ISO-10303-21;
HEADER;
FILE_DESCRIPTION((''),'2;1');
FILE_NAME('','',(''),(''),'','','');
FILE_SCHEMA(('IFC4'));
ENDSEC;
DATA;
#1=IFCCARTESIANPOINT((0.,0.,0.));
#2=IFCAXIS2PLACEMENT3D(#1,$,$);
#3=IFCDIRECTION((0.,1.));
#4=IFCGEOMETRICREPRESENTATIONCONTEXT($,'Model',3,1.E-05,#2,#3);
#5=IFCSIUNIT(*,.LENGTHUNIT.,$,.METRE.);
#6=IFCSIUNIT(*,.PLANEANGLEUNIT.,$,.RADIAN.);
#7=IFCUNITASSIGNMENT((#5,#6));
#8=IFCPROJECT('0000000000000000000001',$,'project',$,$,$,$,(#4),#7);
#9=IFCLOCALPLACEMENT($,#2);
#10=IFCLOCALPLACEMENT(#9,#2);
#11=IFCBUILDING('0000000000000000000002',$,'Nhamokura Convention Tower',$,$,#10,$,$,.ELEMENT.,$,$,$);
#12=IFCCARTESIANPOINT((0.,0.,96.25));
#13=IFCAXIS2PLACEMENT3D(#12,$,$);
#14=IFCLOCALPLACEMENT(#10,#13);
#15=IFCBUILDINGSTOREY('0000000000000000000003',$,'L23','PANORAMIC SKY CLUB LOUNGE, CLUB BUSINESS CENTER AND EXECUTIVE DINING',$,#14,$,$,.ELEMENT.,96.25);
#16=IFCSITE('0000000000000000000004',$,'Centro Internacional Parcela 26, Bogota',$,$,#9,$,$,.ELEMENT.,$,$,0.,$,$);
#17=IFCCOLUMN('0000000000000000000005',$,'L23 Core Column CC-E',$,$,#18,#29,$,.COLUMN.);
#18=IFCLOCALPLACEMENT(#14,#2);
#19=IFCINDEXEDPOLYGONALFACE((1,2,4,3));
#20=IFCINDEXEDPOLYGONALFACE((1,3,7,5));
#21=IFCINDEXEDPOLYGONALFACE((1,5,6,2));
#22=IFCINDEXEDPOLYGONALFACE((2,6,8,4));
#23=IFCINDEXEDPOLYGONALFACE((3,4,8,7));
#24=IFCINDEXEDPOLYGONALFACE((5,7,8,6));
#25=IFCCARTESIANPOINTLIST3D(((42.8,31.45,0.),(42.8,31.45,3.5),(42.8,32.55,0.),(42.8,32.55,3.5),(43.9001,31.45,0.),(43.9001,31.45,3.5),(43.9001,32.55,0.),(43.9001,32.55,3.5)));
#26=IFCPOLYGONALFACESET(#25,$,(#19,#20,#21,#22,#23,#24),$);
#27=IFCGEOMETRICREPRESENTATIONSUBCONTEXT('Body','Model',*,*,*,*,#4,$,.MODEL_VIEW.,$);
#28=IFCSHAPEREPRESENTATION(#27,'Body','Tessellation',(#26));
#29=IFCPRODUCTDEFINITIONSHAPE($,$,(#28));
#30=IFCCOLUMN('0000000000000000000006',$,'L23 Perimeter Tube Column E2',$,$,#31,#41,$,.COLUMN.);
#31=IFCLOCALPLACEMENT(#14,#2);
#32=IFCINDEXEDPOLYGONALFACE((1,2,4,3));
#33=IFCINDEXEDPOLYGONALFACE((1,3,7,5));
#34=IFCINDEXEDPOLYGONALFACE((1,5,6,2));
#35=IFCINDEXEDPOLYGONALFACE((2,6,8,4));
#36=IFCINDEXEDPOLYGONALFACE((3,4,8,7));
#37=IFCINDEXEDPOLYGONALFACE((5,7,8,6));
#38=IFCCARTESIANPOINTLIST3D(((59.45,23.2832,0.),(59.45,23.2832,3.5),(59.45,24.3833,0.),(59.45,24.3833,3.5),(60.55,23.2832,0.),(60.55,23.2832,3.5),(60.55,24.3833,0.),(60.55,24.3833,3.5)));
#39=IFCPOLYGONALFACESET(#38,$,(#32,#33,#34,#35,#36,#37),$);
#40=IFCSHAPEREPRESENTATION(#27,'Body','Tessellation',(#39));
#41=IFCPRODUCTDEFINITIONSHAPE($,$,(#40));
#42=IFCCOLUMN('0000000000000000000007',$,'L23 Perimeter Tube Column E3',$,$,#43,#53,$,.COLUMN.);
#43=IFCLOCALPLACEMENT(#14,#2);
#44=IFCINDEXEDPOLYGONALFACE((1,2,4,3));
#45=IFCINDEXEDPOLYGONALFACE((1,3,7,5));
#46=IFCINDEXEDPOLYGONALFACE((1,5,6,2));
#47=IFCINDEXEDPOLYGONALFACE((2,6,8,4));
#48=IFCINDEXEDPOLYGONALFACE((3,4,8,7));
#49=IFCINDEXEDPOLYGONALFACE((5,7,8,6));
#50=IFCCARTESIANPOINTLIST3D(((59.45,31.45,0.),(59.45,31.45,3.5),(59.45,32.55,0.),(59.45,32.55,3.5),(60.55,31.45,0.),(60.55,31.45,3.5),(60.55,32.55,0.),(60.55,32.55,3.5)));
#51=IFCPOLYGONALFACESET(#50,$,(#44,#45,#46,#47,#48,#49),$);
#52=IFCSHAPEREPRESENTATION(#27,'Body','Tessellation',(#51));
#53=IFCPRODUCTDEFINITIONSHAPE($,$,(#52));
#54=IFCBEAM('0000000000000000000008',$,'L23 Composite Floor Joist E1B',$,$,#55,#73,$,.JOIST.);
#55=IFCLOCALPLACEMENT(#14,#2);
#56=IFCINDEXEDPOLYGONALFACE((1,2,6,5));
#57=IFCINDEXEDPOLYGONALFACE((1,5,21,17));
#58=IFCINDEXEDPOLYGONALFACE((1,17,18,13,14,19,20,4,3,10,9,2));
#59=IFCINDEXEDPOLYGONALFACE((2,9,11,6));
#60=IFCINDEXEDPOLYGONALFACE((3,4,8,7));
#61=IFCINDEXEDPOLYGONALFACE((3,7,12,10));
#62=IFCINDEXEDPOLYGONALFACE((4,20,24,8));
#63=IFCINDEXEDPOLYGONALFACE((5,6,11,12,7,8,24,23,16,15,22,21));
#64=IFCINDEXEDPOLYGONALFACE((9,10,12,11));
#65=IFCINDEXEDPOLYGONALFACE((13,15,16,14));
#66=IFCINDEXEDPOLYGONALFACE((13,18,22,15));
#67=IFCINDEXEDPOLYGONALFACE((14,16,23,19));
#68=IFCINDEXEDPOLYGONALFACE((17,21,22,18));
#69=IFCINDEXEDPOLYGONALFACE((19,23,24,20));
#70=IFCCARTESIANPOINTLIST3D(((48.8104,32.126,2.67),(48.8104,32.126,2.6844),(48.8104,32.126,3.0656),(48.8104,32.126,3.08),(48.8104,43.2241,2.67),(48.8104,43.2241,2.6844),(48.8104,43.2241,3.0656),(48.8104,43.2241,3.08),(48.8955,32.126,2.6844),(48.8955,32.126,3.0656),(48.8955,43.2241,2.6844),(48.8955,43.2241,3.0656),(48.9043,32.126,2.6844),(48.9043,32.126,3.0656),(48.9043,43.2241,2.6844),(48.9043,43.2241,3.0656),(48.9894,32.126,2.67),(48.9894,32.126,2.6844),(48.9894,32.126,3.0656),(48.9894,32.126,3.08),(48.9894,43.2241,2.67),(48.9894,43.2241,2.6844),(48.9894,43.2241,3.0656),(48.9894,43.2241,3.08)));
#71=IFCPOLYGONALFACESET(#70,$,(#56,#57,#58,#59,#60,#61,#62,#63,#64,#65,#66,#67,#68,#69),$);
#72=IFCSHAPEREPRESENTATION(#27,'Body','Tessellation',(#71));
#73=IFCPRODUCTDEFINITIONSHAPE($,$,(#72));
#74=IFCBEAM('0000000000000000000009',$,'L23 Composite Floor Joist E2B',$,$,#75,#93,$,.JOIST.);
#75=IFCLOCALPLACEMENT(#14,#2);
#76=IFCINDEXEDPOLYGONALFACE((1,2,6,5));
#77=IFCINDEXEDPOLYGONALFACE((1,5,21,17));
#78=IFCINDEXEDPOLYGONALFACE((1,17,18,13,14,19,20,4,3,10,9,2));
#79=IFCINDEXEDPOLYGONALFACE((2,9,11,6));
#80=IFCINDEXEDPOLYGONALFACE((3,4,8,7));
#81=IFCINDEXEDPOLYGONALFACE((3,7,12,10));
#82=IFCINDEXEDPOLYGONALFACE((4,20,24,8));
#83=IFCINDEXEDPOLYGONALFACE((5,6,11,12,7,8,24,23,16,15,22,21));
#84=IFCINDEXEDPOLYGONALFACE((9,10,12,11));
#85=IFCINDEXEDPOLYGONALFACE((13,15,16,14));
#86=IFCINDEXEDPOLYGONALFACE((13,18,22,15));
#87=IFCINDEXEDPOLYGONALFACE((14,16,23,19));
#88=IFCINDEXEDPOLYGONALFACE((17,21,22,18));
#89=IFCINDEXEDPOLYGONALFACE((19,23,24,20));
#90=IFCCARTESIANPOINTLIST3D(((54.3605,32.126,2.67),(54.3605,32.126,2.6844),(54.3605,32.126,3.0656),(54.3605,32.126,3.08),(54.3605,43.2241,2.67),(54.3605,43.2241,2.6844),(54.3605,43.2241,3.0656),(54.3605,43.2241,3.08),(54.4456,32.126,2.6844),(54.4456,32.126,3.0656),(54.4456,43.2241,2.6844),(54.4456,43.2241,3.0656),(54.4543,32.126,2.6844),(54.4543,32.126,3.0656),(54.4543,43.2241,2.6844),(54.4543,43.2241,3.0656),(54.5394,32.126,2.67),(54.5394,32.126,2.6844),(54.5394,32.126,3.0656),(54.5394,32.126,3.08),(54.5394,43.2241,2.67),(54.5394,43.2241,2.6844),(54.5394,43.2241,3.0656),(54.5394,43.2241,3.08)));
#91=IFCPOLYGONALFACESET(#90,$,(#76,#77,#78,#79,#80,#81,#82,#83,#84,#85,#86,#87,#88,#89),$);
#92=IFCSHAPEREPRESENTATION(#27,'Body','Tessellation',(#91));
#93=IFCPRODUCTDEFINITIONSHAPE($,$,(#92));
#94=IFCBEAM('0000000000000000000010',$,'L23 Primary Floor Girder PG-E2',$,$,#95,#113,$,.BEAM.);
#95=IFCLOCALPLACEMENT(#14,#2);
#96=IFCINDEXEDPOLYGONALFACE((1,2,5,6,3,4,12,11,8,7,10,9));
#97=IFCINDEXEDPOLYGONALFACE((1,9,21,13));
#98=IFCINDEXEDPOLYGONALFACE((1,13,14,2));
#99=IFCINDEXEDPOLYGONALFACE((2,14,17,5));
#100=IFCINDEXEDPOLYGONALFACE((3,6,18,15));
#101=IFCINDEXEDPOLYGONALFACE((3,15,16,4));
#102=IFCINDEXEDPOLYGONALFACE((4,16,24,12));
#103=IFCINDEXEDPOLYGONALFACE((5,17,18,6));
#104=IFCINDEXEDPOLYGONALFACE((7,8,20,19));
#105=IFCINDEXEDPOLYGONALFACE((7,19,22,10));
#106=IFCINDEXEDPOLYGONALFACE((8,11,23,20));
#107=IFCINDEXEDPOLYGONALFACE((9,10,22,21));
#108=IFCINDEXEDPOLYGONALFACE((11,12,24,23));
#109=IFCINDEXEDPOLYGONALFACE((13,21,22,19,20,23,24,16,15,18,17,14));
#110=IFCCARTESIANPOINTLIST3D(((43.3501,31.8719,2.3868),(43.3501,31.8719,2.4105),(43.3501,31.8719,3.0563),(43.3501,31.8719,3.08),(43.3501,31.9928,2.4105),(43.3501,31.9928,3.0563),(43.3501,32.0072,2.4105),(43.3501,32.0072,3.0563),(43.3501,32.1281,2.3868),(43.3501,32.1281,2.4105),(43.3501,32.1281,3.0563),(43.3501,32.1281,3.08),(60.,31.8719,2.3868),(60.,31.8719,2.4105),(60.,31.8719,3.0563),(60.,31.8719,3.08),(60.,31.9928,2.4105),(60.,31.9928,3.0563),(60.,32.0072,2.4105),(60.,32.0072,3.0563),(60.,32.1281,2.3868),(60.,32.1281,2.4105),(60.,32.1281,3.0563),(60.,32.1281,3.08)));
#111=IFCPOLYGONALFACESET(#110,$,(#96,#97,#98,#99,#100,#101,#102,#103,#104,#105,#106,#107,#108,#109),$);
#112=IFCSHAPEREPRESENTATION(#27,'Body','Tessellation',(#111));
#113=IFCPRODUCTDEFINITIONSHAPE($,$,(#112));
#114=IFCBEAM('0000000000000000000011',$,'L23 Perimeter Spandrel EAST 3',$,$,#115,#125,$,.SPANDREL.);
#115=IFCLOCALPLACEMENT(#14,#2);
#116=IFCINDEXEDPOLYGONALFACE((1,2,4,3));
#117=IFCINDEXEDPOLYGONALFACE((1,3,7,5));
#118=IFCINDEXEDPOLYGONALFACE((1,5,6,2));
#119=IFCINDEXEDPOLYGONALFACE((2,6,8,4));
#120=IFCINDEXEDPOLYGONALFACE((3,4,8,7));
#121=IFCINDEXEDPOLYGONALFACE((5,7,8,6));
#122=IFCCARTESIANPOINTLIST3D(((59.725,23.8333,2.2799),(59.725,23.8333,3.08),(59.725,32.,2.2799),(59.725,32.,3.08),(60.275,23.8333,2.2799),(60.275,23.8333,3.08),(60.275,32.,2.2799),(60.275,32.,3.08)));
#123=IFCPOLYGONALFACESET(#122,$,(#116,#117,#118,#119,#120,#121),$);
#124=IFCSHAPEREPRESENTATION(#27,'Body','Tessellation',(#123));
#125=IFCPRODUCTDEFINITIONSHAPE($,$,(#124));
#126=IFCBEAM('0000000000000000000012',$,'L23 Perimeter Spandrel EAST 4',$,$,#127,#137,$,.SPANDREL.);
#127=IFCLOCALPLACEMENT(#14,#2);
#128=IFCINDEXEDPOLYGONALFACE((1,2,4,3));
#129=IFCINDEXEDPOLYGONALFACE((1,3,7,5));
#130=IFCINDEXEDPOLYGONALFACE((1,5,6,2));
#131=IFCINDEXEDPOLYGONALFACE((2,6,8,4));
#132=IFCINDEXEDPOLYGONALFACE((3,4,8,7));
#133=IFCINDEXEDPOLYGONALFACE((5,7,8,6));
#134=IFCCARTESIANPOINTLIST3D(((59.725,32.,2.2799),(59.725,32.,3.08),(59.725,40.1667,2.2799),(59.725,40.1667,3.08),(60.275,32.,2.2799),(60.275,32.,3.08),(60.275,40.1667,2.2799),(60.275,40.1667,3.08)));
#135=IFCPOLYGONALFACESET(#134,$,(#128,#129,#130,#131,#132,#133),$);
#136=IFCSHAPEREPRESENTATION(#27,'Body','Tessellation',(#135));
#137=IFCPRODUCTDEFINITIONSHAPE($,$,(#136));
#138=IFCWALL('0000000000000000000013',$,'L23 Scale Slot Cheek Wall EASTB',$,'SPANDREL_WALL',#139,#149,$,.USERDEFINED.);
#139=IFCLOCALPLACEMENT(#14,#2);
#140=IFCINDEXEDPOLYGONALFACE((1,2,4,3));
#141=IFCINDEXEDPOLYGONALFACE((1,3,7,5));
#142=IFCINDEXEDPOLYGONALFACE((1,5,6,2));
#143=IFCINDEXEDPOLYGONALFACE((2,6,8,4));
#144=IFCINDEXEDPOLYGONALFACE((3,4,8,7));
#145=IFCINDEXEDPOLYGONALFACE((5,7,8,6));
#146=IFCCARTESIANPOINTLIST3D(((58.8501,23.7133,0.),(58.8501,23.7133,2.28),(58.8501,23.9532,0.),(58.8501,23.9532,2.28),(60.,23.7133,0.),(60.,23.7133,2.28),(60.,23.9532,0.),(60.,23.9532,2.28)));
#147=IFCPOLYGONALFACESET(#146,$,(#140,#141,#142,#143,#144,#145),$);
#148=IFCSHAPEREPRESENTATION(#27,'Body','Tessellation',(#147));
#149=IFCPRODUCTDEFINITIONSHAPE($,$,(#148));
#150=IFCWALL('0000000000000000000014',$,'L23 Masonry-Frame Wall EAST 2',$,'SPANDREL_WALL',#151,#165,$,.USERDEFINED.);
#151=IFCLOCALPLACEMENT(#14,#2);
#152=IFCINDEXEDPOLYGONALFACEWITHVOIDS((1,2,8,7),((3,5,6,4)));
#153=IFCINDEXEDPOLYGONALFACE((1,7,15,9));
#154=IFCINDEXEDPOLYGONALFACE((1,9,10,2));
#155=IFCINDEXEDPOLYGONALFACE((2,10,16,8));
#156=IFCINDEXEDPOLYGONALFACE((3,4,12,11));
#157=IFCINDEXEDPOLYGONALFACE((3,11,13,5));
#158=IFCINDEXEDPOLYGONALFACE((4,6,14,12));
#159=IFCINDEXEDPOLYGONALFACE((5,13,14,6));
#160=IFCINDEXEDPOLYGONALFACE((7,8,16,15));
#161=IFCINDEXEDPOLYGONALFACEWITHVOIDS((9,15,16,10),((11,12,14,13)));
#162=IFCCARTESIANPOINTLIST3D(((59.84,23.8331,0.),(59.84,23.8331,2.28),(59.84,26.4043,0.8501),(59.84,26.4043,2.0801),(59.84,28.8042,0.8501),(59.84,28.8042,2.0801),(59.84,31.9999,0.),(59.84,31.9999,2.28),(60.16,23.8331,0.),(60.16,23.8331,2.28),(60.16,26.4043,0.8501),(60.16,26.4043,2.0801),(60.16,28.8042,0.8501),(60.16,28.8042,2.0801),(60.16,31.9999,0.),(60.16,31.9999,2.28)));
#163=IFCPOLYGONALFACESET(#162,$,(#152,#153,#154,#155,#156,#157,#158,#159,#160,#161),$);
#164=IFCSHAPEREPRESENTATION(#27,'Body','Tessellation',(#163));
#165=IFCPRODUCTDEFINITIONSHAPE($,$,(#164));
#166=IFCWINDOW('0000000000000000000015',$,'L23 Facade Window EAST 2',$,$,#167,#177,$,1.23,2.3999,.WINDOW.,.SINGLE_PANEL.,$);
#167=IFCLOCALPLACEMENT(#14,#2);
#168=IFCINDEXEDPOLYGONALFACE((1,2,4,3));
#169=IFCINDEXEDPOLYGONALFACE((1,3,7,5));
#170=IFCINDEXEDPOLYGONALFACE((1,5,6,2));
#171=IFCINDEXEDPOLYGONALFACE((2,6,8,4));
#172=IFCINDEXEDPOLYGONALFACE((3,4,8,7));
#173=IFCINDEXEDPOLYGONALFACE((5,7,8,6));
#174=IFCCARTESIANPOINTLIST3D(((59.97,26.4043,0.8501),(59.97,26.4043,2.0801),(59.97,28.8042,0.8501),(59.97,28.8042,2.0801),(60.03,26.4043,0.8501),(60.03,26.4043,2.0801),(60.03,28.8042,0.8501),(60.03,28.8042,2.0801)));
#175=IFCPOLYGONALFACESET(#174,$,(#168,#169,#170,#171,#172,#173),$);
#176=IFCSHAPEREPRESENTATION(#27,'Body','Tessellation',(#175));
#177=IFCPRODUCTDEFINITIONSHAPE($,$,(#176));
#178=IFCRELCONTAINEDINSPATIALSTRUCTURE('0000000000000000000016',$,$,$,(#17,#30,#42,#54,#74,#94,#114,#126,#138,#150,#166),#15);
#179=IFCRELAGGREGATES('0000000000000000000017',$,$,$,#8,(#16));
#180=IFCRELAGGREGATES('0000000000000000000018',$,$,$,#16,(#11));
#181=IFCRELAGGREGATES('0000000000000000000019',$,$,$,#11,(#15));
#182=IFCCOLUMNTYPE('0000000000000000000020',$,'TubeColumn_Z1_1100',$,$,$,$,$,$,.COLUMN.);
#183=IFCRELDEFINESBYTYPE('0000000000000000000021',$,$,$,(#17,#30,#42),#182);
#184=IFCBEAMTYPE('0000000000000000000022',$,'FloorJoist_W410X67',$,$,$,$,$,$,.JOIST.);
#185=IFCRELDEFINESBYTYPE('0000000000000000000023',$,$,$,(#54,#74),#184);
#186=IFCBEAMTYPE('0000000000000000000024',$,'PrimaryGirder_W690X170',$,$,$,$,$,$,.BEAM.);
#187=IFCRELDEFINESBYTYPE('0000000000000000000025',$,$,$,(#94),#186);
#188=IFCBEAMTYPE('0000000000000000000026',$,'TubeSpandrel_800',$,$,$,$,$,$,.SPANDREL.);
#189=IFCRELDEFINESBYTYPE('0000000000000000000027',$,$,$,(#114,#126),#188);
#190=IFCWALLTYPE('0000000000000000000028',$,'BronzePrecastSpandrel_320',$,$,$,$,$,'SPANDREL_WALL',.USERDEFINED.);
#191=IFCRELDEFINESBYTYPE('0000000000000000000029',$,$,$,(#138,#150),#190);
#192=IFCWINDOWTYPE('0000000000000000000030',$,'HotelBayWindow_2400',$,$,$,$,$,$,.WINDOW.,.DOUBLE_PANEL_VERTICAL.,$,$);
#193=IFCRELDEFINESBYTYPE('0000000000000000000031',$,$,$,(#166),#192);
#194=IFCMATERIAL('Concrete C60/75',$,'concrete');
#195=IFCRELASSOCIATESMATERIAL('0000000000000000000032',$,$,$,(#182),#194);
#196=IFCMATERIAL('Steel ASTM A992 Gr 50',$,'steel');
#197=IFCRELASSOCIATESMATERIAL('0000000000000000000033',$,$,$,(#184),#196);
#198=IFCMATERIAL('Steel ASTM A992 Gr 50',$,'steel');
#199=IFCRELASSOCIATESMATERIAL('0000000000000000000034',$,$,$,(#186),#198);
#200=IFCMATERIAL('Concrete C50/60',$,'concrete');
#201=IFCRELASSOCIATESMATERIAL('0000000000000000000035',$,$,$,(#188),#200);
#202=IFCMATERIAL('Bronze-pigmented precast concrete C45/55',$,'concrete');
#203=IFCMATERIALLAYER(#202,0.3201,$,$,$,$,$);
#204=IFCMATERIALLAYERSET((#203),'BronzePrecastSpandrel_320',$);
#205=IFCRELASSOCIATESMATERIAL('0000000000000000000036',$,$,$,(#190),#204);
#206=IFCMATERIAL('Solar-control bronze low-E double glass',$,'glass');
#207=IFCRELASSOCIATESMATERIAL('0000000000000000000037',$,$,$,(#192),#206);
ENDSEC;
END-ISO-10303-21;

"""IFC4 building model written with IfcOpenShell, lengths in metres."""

from ifc_helpers import new_model, si_unit, direction, frame, frame_2d, origin, origin_2d, place, context, subcontext, project, spatial, rectangle, i_section, extrude, material, layer, layer_set, material_profile, profile_set, type_object, element, fill, save


model = new_model("IFC4")

# Units and contexts
model_context = context("Model", 3, precision=1e-05, world=origin(), true_north=direction((0.0, 1.0)))
body_context = subcontext(model_context, "Body", "Model", "MODEL_VIEW")
ifc_project = project(units=[si_unit("LENGTHUNIT", "METRE"), si_unit("PLANEANGLEUNIT", "RADIAN")], contexts=[model_context])

# Site, building, storey
site_placement = place(None, origin())
site = spatial("IfcSite", under=ifc_project, at=site_placement, Name="Centro Internacional Parcela 26, Bogota", CompositionType="ELEMENT", RefElevation=0.0)
building_placement = place(site_placement, origin())
building = spatial("IfcBuilding", under=site, at=building_placement, Name="Nhamokura Convention Tower", CompositionType="ELEMENT")
storey_placement = place(building_placement, frame((0.0, 0.0, 96.25)))
storey = spatial("IfcBuildingStorey", under=building, at=storey_placement, Name="L23", Description="PANORAMIC SKY CLUB LOUNGE, CLUB BUSINESS CENTER AND EXECUTIVE DINING", CompositionType="ELEMENT", Elevation=96.25)

# Columns
ifc_material_1 = material(Name="Concrete C60/75", Category="concrete")
ifc_material_profile_1 = material_profile(ifc_material_1, rectangle(XDim=1.1001, YDim=1.1001, at=origin_2d()))
ifc_profile_set_1 = profile_set([ifc_material_profile_1], Name="Concrete C60/75")
column_type = type_object("IfcColumnType", Name="TubeColumn_Z1_1100", PredefinedType="COLUMN", material=ifc_profile_set_1)
for number, where, z_axis, x_axis, name in (
    (1, (43.3501, 32.0, 0.0), (0.0, 0.0, 1.0), (1.0, 0.0, 0.0), "L23 Core Column CC-E"),
    (2, (60.0, 23.8333, 0.0), (0.0, 0.0, 1.0), (1.0, 0.0, 0.0), "L23 Perimeter Tube Column E2"),
    (3, (60.0, 32.0, 0.0), (0.0, 0.0, 1.0), (1.0, 0.0, 0.0), "L23 Perimeter Tube Column E3"),
):
    element("IfcColumn", number, at=place(storey_placement, frame(where, z_axis=z_axis, x_axis=x_axis)), inside=storey, type_object=column_type, Name=name, PredefinedType="COLUMN", context=body_context, shape_type="SweptSolid", body=[
        extrude(rectangle(XDim=1.1001, YDim=1.1001, at=origin_2d()), origin(), (0.0, 0.0, 1.0), 3.5),
    ])

# Beams
ifc_material_2 = material(Name="Steel ASTM A992 Gr 50", Category="steel")
ifc_material_profile_2 = material_profile(ifc_material_2, i_section(OverallWidth=0.179, OverallDepth=0.4099, WebThickness=0.0088, FlangeThickness=0.0144, at=origin_2d()))
ifc_profile_set_2 = profile_set([ifc_material_profile_2], Name="Steel ASTM A992 Gr 50")
beam_type_1 = type_object("IfcBeamType", Name="FloorJoist_W410X67", PredefinedType="JOIST", material=ifc_profile_set_2)
for number, where, z_axis, x_axis, name in (
    (4, (48.8999, 32.126, 2.875), (0.0, 1.0, 0.0), (-1.0, 0.0, 0.0), "L23 Composite Floor Joist E1B"),
    (5, (54.45, 32.126, 2.875), (0.0, 1.0, 0.0), (-1.0, 0.0, 0.0), "L23 Composite Floor Joist E2B"),
):
    element("IfcBeam", number, at=place(storey_placement, frame(where, z_axis=z_axis, x_axis=x_axis)), inside=storey, type_object=beam_type_1, Name=name, PredefinedType="JOIST", context=body_context, shape_type="SweptSolid", body=[
        extrude(i_section(OverallWidth=0.179, OverallDepth=0.4099, WebThickness=0.0088, FlangeThickness=0.0144, at=origin_2d()), origin(), (0.0, 0.0, 1.0), 11.0981),
    ])
ifc_material_3 = material(Name="Steel ASTM A992 Gr 50", Category="steel")
ifc_material_profile_3 = material_profile(ifc_material_3, i_section(OverallWidth=0.2561, OverallDepth=0.6931, WebThickness=0.0144, FlangeThickness=0.0237, at=origin_2d()))
ifc_profile_set_3 = profile_set([ifc_material_profile_3], Name="Steel ASTM A992 Gr 50")
beam_type_2 = type_object("IfcBeamType", Name="PrimaryGirder_W690X170", PredefinedType="BEAM", material=ifc_profile_set_3)
beam_placement = place(storey_placement, frame((43.3501, 32.0, 2.7334), z_axis=(1.0, 0.0, 0.0), x_axis=(0.0, 1.0, 0.0)))
element("IfcBeam", 6, at=beam_placement, inside=storey, type_object=beam_type_2, Name="L23 Primary Floor Girder PG-E2", PredefinedType="BEAM", context=body_context, shape_type="SweptSolid", body=[
    extrude(i_section(OverallWidth=0.2561, OverallDepth=0.6931, WebThickness=0.0144, FlangeThickness=0.0237, at=origin_2d()), origin(), (0.0, 0.0, 1.0), 16.6499),
])
ifc_material_4 = material(Name="Concrete C50/60", Category="concrete")
ifc_material_profile_4 = material_profile(ifc_material_4, rectangle(XDim=0.55, YDim=0.8, at=origin_2d()))
ifc_profile_set_4 = profile_set([ifc_material_profile_4], Name="Concrete C50/60")
beam_type_3 = type_object("IfcBeamType", Name="TubeSpandrel_800", PredefinedType="SPANDREL", material=ifc_profile_set_4)
for number, where, z_axis, x_axis, name in (
    (7, (60.0, 23.8333, 2.6799), (0.0, 1.0, 0.0), (-1.0, 0.0, 0.0), "L23 Perimeter Spandrel EAST 3"),
    (8, (60.0, 32.0, 2.6799), (0.0, 1.0, 0.0), (-1.0, 0.0, 0.0), "L23 Perimeter Spandrel EAST 4"),
):
    element("IfcBeam", number, at=place(storey_placement, frame(where, z_axis=z_axis, x_axis=x_axis)), inside=storey, type_object=beam_type_3, Name=name, PredefinedType="SPANDREL", context=body_context, shape_type="SweptSolid", body=[
        extrude(rectangle(XDim=0.55, YDim=0.8, at=origin_2d()), origin(), (0.0, 0.0, 1.0), 8.1667),
    ])

# Wall
ifc_material_5 = material(Name="Bronze-pigmented precast concrete C45/55", Category="concrete")
ifc_layer_1 = layer(ifc_material_5, 0.3201)
ifc_layer_set_1 = layer_set([ifc_layer_1], Name="BronzePrecastSpandrel_320")
wall_type_1 = type_object("IfcWallType", Name="BronzePrecastSpandrel_320", ElementType="SPANDREL_WALL", PredefinedType="USERDEFINED", material=ifc_layer_set_1)
wall_1_placement = place(storey_placement, frame((60.0, 23.8333, 0.0), z_axis=(0.0, 0.0, 1.0), x_axis=(-1.0, 0.0, 0.0)))
element("IfcWall", 9, at=wall_1_placement, inside=storey, type_object=wall_type_1, Name="L23 Scale Slot Cheek Wall EASTB", ObjectType="SPANDREL_WALL", PredefinedType="USERDEFINED", context=body_context, shape_type="SweptSolid", body=[
    extrude(rectangle(XDim=1.1499, YDim=0.24, at=frame_2d((0.575, 0.0))), origin(), (0.0, 0.0, 1.0), 2.28),
])

# Wall, opening, window
wall_2_placement = place(storey_placement, frame((60.0, 32.0, 0.0), z_axis=(0.0, 0.0, 1.0), x_axis=(0.0, -1.0, 0.0)))
wall_2 = element("IfcWall", 10, at=wall_2_placement, inside=storey, type_object=wall_type_1, Name="L23 Masonry-Frame Wall EAST 2", ObjectType="SPANDREL_WALL", PredefinedType="USERDEFINED", context=body_context, shape_type="SweptSolid", body=[
    extrude(rectangle(XDim=8.1667, YDim=0.3201, at=frame_2d((4.0835, 0.0))), origin(), (0.0, 0.0, 1.0), 2.28),
])
opening_1_placement = place(wall_2_placement, frame((3.1958, 0.0, 0.8501)))
opening_1 = element("IfcOpeningElement", 11, at=opening_1_placement, cuts=wall_2, PredefinedType="OPENING", context=body_context, shape_type="SweptSolid", body=[
    extrude(rectangle(XDim=2.3999, YDim=1.23, at=frame_2d((1.2, 0.615))), frame((0.0, 0.1699, 0.0), z_axis=(0.0, -1.0, 0.0), x_axis=(1.0, 0.0, 0.0)), (0.0, 0.0, 1.0), 0.3401),
])
ifc_material_6 = material(Name="Solar-control bronze low-E double glass", Category="glass")
window_type = type_object("IfcWindowType", Name="HotelBayWindow_2400", PartitioningType="DOUBLE_PANEL_VERTICAL", PredefinedType="WINDOW", material=ifc_material_6)
window_placement = place(opening_1_placement, origin())
window = element("IfcWindow", 12, at=window_placement, inside=storey, type_object=window_type, Name="L23 Facade Window EAST 2", OverallHeight=1.23, OverallWidth=2.3999, PartitioningType="SINGLE_PANEL", PredefinedType="WINDOW", context=body_context, shape_type="SweptSolid", body=[
    extrude(rectangle(XDim=2.3999, YDim=1.23, at=frame_2d((1.2, 0.615))), frame((0.0, 0.03, 0.0), z_axis=(0.0, -1.0, 0.0), x_axis=(1.0, 0.0, 0.0)), (0.0, 0.0, 1.0), 0.0601),
])
fill(opening_1, window)

save(model, "model.ifc")
